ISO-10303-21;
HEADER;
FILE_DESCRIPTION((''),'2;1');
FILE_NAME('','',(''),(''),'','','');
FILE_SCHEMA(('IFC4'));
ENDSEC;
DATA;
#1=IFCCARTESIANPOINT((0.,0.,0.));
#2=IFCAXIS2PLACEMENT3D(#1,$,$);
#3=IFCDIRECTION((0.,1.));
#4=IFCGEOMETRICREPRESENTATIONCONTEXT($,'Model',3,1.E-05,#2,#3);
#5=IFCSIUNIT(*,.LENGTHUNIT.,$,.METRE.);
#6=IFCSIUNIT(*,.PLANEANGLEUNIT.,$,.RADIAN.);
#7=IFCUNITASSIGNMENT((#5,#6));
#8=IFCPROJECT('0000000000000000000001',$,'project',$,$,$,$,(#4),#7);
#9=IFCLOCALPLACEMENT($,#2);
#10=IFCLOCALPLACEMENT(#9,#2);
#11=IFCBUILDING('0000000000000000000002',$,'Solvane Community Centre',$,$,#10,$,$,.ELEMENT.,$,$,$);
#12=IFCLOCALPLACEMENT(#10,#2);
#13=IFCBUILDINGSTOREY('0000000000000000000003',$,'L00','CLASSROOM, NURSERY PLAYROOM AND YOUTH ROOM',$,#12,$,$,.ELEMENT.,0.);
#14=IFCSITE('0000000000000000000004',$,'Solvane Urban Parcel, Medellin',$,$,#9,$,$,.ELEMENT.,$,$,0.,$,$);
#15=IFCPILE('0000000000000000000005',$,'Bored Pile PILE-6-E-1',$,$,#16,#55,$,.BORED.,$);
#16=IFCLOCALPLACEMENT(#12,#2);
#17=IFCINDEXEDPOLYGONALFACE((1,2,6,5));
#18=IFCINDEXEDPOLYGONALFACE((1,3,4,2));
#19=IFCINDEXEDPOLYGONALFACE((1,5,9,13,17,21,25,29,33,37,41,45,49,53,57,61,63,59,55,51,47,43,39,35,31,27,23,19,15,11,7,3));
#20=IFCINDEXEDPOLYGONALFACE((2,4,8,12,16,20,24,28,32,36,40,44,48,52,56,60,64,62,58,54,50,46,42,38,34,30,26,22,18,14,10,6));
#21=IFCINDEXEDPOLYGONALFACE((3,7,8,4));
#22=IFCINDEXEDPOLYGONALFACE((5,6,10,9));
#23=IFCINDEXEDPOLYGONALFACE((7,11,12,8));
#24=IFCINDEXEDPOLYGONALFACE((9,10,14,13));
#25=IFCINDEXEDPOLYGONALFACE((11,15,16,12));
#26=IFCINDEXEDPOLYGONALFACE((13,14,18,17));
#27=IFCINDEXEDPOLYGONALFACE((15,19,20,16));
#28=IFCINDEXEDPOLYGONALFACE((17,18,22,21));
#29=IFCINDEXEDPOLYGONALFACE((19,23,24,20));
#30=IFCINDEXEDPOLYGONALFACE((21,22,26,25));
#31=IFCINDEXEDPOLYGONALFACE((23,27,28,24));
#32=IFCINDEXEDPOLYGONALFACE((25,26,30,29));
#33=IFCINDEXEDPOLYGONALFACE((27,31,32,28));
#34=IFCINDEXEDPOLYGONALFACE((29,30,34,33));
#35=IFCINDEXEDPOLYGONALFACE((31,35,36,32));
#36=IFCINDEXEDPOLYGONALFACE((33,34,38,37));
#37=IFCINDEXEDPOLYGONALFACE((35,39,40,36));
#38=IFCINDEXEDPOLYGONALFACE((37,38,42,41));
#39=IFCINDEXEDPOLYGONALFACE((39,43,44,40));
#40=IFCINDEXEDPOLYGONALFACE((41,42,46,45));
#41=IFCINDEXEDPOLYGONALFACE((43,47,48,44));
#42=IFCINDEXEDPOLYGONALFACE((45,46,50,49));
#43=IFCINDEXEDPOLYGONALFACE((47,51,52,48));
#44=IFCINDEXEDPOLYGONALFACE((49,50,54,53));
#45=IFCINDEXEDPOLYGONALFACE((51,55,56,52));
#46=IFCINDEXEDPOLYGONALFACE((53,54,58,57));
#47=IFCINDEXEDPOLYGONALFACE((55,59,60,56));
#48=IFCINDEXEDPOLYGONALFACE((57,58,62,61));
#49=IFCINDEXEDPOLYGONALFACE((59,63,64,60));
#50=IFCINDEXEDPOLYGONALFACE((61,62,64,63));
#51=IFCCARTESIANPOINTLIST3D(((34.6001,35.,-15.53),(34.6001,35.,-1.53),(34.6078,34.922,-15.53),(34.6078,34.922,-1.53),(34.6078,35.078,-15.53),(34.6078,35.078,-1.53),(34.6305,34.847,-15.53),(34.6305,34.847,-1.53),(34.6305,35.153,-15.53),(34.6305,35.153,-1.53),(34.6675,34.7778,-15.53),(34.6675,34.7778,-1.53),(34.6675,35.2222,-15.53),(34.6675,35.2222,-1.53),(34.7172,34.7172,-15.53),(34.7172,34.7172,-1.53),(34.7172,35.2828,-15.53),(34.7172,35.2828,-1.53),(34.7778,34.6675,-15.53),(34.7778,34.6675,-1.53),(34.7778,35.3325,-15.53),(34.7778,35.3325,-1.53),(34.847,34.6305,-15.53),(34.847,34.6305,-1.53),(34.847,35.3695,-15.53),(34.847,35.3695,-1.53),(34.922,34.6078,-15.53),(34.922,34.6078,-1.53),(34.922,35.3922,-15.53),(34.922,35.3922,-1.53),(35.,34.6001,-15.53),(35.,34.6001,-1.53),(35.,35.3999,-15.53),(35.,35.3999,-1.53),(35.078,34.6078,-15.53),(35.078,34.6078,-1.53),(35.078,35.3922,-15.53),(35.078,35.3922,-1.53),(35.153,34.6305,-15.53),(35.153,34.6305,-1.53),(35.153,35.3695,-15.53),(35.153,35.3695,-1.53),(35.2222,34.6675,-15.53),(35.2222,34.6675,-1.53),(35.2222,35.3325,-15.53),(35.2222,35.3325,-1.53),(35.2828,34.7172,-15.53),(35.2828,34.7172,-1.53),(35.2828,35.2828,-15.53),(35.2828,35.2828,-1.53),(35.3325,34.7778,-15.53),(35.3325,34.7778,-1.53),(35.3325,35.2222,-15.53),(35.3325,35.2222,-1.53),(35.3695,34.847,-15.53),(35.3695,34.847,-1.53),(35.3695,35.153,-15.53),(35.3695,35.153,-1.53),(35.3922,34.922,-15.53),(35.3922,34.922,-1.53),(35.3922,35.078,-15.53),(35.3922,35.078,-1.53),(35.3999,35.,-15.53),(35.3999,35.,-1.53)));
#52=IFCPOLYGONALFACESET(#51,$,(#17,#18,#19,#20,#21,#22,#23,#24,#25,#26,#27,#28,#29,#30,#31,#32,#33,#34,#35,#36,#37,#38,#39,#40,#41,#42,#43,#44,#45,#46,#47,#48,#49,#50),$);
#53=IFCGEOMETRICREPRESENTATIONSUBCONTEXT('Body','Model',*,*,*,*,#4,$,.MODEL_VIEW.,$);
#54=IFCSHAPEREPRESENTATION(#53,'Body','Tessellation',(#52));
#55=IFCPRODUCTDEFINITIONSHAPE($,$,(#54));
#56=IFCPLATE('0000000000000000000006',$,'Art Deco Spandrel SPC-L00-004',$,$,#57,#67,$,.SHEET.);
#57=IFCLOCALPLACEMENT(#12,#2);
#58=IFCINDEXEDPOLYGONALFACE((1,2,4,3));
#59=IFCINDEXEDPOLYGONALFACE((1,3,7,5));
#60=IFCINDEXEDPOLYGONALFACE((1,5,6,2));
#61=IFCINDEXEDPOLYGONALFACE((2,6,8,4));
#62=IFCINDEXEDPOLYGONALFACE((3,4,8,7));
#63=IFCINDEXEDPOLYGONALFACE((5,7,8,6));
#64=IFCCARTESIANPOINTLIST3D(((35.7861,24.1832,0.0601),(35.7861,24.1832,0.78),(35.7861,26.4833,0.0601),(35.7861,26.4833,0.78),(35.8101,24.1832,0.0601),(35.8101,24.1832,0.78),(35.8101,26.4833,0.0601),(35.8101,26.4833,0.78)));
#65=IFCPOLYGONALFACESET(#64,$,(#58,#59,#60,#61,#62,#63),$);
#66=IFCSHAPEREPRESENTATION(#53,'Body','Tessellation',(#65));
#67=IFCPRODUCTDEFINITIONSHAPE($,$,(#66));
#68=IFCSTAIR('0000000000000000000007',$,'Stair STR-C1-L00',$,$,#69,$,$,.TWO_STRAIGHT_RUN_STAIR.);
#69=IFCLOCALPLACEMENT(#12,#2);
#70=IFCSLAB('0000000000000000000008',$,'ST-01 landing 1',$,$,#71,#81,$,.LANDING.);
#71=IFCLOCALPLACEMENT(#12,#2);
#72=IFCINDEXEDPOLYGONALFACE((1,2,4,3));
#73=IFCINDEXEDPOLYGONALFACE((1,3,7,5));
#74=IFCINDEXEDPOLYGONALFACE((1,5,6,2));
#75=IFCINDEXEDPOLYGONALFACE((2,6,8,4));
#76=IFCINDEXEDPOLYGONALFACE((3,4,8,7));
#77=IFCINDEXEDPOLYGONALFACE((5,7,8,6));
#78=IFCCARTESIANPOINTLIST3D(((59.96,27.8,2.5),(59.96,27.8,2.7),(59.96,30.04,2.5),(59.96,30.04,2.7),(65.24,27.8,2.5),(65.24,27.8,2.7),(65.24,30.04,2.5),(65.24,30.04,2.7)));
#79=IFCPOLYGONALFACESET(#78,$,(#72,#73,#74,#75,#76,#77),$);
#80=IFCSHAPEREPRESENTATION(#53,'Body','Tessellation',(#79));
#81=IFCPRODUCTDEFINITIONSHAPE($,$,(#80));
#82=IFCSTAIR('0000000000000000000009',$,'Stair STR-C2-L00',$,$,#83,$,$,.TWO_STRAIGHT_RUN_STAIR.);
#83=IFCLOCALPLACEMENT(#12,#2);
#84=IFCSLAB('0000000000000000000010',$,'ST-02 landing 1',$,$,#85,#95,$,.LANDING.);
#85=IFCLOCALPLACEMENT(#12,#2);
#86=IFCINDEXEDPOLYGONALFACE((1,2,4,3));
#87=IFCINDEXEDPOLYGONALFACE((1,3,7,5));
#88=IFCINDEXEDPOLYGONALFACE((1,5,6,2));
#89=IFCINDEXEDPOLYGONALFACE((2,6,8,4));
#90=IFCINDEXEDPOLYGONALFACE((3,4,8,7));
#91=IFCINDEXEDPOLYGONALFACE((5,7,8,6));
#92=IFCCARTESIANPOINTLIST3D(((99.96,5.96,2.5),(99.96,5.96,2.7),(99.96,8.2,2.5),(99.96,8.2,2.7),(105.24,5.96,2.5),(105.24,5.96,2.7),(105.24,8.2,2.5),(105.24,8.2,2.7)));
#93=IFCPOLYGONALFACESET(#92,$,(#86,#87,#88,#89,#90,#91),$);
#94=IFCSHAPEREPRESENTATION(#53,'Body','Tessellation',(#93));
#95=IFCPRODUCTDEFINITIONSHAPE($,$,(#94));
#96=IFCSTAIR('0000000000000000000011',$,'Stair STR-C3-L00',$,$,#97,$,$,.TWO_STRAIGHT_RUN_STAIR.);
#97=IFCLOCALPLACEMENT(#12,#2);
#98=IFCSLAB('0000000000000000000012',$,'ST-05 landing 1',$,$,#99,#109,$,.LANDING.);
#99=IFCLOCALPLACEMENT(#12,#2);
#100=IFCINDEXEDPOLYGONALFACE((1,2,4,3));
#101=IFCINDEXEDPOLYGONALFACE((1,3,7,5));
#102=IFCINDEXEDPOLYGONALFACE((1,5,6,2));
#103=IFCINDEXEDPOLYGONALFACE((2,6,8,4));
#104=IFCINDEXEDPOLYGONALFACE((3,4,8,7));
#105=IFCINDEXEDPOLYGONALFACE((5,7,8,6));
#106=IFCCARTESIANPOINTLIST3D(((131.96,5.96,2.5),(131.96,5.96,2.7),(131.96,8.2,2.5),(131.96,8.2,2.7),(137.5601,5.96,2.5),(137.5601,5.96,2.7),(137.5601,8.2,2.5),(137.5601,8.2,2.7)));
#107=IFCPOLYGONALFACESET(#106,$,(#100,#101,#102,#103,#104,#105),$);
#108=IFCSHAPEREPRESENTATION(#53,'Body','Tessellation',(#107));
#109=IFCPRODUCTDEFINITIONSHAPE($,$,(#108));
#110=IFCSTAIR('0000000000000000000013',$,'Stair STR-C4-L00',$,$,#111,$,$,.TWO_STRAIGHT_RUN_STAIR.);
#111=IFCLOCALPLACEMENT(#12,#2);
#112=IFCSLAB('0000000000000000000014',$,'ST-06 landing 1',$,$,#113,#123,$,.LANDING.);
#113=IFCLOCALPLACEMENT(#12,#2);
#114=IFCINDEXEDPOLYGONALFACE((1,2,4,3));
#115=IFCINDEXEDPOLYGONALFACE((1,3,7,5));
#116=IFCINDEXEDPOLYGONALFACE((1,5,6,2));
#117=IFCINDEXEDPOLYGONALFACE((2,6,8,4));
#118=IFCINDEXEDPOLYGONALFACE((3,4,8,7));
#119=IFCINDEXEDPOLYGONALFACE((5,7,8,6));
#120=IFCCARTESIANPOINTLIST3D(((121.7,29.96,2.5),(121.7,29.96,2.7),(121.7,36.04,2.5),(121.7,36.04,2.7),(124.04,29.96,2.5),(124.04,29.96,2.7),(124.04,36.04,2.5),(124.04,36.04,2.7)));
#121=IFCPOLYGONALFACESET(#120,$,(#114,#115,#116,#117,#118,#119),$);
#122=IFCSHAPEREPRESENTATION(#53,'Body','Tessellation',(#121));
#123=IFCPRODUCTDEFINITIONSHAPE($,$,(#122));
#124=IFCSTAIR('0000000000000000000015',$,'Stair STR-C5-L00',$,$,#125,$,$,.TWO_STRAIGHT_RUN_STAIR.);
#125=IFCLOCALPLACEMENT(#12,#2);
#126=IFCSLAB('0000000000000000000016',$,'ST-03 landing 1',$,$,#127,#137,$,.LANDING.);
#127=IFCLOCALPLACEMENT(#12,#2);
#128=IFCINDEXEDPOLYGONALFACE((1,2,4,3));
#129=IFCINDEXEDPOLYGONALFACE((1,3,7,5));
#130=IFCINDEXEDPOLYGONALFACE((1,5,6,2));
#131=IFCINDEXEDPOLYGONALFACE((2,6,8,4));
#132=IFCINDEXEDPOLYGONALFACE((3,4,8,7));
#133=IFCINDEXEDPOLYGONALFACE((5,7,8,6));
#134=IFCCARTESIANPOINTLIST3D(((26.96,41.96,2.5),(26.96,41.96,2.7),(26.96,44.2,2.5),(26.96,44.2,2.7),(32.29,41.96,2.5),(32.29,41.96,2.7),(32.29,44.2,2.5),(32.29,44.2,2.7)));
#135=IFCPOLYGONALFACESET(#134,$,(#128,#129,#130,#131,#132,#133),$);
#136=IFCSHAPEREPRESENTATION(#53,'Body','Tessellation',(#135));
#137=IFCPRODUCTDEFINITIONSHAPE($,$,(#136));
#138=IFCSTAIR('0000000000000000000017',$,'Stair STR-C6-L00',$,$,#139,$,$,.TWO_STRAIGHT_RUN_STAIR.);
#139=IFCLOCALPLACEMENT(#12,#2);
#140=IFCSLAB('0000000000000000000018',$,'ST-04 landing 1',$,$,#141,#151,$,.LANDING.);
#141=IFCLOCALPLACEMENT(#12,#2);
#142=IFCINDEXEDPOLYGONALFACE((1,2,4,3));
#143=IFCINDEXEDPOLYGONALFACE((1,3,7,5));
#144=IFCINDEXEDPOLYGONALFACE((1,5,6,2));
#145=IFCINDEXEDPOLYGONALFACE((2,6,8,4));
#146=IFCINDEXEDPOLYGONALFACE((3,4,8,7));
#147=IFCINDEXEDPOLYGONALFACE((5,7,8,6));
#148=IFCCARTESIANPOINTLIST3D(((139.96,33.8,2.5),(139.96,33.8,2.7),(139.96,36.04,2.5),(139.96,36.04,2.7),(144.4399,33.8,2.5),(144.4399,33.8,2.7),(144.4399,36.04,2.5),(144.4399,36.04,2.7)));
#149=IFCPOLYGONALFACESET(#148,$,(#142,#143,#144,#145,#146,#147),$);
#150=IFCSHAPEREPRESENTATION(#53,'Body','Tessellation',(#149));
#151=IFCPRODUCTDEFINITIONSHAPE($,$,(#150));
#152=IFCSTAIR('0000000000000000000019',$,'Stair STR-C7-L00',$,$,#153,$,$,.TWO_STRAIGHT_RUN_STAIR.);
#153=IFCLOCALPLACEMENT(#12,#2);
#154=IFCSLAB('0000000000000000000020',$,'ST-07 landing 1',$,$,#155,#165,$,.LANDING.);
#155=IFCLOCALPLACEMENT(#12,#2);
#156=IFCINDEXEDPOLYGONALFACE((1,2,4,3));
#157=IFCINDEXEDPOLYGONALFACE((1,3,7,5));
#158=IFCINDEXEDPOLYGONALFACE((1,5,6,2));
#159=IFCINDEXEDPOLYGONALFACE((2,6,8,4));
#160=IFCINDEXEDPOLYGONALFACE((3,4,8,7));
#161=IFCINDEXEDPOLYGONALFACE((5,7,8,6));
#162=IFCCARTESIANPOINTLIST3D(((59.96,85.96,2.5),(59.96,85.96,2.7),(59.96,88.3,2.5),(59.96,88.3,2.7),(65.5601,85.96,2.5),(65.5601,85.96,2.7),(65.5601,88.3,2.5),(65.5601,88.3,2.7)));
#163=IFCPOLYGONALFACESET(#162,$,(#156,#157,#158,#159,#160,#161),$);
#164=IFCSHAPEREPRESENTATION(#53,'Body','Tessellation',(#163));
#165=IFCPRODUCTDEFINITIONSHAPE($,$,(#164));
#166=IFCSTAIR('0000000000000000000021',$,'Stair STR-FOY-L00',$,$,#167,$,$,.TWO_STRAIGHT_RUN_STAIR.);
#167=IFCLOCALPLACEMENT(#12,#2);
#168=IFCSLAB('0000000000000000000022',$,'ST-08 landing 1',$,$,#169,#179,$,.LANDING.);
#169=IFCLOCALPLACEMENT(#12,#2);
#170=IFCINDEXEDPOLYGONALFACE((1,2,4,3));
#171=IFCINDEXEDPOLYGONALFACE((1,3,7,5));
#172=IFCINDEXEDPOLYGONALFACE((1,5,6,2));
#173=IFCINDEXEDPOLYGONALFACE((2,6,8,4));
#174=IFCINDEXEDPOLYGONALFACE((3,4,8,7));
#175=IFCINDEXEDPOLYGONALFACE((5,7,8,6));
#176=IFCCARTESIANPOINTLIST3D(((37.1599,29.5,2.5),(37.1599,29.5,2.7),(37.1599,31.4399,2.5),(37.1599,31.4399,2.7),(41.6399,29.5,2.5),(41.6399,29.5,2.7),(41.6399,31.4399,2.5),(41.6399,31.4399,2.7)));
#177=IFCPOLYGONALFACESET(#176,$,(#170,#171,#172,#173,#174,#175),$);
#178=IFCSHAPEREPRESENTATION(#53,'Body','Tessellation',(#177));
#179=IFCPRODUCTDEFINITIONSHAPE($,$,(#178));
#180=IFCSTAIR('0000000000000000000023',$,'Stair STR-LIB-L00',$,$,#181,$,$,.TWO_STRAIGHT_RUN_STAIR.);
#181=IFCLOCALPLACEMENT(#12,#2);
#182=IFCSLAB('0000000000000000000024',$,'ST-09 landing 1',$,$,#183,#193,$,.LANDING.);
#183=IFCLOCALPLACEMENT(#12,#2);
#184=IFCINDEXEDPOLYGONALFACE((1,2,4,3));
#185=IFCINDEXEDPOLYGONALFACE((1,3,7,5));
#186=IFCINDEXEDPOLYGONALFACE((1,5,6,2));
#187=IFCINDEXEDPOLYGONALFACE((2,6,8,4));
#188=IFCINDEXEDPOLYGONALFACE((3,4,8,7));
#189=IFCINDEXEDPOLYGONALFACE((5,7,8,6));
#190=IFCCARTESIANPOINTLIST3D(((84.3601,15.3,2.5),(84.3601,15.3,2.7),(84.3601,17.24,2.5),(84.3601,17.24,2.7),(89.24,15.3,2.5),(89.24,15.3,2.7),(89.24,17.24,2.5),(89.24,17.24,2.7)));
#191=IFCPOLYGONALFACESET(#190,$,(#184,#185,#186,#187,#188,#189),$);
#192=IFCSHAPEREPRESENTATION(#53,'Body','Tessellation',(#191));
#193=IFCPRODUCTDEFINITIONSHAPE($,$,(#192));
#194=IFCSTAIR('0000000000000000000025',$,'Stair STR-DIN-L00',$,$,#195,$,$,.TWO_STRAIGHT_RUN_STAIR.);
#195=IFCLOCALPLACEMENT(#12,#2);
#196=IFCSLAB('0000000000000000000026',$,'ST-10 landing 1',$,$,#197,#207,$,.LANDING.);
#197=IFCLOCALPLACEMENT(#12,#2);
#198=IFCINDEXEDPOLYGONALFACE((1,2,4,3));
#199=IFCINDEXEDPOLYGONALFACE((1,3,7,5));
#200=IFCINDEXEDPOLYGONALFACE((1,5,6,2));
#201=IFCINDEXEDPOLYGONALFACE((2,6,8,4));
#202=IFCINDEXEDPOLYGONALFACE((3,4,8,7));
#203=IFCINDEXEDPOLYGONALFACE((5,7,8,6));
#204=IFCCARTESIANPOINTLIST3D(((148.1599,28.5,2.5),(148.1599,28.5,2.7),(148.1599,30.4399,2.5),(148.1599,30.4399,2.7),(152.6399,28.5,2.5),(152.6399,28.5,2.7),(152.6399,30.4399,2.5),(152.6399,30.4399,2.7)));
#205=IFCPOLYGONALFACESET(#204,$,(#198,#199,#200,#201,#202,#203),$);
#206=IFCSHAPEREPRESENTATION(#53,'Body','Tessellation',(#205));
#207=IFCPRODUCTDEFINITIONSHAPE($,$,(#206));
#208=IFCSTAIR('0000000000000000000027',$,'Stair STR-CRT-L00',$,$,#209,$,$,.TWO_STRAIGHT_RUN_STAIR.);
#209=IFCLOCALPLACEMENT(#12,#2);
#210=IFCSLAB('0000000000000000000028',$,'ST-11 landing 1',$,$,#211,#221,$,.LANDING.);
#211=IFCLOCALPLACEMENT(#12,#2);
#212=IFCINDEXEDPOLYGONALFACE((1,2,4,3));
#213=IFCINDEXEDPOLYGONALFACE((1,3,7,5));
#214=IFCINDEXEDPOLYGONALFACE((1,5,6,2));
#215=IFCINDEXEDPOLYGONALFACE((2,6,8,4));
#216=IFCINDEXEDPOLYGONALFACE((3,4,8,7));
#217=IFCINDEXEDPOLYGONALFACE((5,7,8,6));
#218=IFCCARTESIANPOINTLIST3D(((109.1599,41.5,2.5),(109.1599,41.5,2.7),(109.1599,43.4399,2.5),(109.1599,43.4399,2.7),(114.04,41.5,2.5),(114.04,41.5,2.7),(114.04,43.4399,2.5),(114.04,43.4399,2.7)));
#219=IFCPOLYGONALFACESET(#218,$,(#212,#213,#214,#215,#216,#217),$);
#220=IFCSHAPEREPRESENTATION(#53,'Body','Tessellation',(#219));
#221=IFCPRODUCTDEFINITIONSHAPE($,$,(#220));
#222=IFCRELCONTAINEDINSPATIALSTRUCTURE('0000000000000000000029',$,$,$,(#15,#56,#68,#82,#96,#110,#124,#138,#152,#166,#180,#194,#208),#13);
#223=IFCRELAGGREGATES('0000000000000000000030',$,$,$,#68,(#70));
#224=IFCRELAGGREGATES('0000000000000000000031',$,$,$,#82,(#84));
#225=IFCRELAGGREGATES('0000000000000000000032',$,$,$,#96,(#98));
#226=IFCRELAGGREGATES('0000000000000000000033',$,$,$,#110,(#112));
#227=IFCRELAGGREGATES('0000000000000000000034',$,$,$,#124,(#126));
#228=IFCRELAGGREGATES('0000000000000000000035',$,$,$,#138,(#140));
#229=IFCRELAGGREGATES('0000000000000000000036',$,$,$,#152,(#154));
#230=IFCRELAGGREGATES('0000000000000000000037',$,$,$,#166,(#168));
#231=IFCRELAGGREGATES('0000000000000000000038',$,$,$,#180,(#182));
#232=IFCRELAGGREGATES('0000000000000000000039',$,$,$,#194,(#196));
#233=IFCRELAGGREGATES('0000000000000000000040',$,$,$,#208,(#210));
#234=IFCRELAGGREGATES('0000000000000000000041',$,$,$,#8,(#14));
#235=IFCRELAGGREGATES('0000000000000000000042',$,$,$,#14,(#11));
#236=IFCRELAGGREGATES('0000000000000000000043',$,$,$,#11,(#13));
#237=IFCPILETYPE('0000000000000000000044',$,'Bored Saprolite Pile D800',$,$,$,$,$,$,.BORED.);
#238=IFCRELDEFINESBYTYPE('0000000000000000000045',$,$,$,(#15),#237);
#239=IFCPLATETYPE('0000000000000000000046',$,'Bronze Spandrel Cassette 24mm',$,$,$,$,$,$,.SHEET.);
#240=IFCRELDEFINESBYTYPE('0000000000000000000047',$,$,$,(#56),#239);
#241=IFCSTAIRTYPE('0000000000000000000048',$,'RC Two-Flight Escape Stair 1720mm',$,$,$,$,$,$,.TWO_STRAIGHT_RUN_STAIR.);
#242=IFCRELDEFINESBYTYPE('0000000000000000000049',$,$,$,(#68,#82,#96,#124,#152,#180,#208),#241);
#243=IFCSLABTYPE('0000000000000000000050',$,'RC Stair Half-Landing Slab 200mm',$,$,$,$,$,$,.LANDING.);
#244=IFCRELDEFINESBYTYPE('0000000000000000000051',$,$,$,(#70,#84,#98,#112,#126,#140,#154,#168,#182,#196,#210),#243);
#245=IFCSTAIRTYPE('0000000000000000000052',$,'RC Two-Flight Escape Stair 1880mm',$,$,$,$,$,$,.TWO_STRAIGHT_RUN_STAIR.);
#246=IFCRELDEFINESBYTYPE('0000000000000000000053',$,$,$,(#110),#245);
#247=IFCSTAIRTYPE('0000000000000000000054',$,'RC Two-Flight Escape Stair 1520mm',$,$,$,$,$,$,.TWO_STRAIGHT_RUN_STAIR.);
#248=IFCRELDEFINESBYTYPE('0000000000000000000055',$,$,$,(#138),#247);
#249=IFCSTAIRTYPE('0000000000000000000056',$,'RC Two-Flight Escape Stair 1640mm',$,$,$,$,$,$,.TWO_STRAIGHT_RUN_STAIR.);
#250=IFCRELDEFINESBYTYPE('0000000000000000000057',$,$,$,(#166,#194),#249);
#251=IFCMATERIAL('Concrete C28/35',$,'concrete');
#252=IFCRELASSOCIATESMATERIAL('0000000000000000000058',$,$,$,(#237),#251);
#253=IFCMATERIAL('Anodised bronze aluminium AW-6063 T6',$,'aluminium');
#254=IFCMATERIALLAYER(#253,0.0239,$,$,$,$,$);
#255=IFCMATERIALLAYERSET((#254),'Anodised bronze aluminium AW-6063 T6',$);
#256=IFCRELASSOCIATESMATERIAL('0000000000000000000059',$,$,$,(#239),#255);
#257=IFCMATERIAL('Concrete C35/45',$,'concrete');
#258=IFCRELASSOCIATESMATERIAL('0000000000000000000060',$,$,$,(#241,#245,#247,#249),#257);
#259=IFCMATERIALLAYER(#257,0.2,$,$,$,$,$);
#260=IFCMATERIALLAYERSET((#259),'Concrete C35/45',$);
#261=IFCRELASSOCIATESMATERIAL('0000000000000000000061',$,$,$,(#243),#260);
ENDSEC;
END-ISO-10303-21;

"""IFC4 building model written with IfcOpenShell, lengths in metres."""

from ifc_helpers import new_model, si_unit, direction, frame, origin, origin_2d, place, context, subcontext, project, spatial, polyline, rectangle, circle, outline, extrude, material, layer, layer_set, material_profile, profile_set, type_object, element, aggregate, save


model = new_model("IFC4")

# Units and contexts
model_context = context("Model", 3, precision=1e-05, world=origin(), true_north=direction((0.0, 1.0)))
body_context = subcontext(model_context, "Body", "Model", "MODEL_VIEW")
ifc_project = project(units=[si_unit("LENGTHUNIT", "METRE"), si_unit("PLANEANGLEUNIT", "RADIAN")], contexts=[model_context])

# Site, building, storey
site_placement = place(None, origin())
site = spatial("IfcSite", under=ifc_project, at=site_placement, Name="Solvane Urban Parcel, Medellin", CompositionType="ELEMENT", RefElevation=0.0)
building_placement = place(site_placement, origin())
building = spatial("IfcBuilding", under=site, at=building_placement, Name="Solvane Community Centre", CompositionType="ELEMENT")
storey_placement = place(building_placement, origin())
storey = spatial("IfcBuildingStorey", under=building, at=storey_placement, Name="L00", Description="CLASSROOM, NURSERY PLAYROOM AND YOUTH ROOM", CompositionType="ELEMENT", Elevation=0.0)

# Pile
ifc_material_1 = material(Name="Concrete C28/35", Category="concrete")
ifc_material_profile = material_profile(ifc_material_1, circle(Radius=0.3999, at=origin_2d()), Name="PILE D800")
ifc_profile_set = profile_set([ifc_material_profile], Name="Concrete C28/35")
pile_type = type_object("IfcPileType", Name="Bored Saprolite Pile D800", PredefinedType="BORED", material=ifc_profile_set)
pile_placement = place(storey_placement, frame((35.0, 35.0, -1.53), z_axis=(0.0, 0.0, -1.0), x_axis=(1.0, 0.0, 0.0)))
element("IfcPile", 1, at=pile_placement, inside=storey, type_object=pile_type, Name="Bored Pile PILE-6-E-1", PredefinedType="BORED", context=body_context, shape_type="SweptSolid", body=[
    extrude(circle(Radius=0.3999, at=origin_2d()), origin(), (0.0, 0.0, 1.0), 14.0),
])

# Plate
ifc_material_2 = material(Name="Anodised bronze aluminium AW-6063 T6", Category="aluminium")
ifc_layer_1 = layer(ifc_material_2, 0.0239)
ifc_layer_set_1 = layer_set([ifc_layer_1], Name="Anodised bronze aluminium AW-6063 T6")
plate_type = type_object("IfcPlateType", Name="Bronze Spandrel Cassette 24mm", PredefinedType="SHEET", material=ifc_layer_set_1)
plate_placement = place(storey_placement, frame((35.7981, 25.3333, 0.0601), z_axis=(0.0, 0.0, 1.0), x_axis=(0.0, 1.0, 0.0)))
element("IfcPlate", 2, at=plate_placement, inside=storey, type_object=plate_type, Name="Art Deco Spandrel SPC-L00-004", PredefinedType="SHEET", context=body_context, shape_type="SweptSolid", body=[
    extrude(rectangle(XDim=2.3, YDim=0.0239, at=origin_2d()), origin(), (0.0, 0.0, 1.0), 0.72),
])

# Stairs, slabs
ifc_material_3 = material(Name="Concrete C35/45", Category="concrete")
stair_type_1 = type_object("IfcStairType", Name="RC Two-Flight Escape Stair 1720mm", PredefinedType="TWO_STRAIGHT_RUN_STAIR", material=ifc_material_3)
stair_1_placement = place(storey_placement, origin())
stair_1 = element("IfcStair", 3, at=stair_1_placement, inside=storey, type_object=stair_type_1, Name="Stair STR-C1-L00", PredefinedType="TWO_STRAIGHT_RUN_STAIR")
ifc_layer_2 = layer(ifc_material_3, 0.2)
ifc_layer_set_2 = layer_set([ifc_layer_2], Name="Concrete C35/45")
slab_type = type_object("IfcSlabType", Name="RC Stair Half-Landing Slab 200mm", PredefinedType="LANDING", material=ifc_layer_set_2)
slab_1_placement = place(storey_placement, frame((0.0, 0.0, 2.5)))
slab_1 = element("IfcSlab", 4, at=slab_1_placement, type_object=slab_type, Name="ST-01 landing 1", PredefinedType="LANDING", context=body_context, shape_type="SweptSolid", body=[
    extrude(outline(polyline([(59.96, 27.8), (65.24, 27.8), (65.24, 30.04), (59.96, 30.04), (59.96, 27.8)])), origin(), (0.0, 0.0, 1.0), 0.2),
])
aggregate(stair_1, [slab_1])
stair_2_placement = place(storey_placement, origin())
stair_2 = element("IfcStair", 5, at=stair_2_placement, inside=storey, type_object=stair_type_1, Name="Stair STR-C2-L00", PredefinedType="TWO_STRAIGHT_RUN_STAIR")
slab_2_placement = place(storey_placement, frame((0.0, 0.0, 2.5)))
slab_2 = element("IfcSlab", 6, at=slab_2_placement, type_object=slab_type, Name="ST-02 landing 1", PredefinedType="LANDING", context=body_context, shape_type="SweptSolid", body=[
    extrude(outline(polyline([(99.96, 5.96), (105.24, 5.96), (105.24, 8.2), (99.96, 8.2), (99.96, 5.96)])), origin(), (0.0, 0.0, 1.0), 0.2),
])
aggregate(stair_2, [slab_2])
stair_3_placement = place(storey_placement, origin())
stair_3 = element("IfcStair", 7, at=stair_3_placement, inside=storey, type_object=stair_type_1, Name="Stair STR-C3-L00", PredefinedType="TWO_STRAIGHT_RUN_STAIR")
slab_3_placement = place(storey_placement, frame((0.0, 0.0, 2.5)))
slab_3 = element("IfcSlab", 8, at=slab_3_placement, type_object=slab_type, Name="ST-05 landing 1", PredefinedType="LANDING", context=body_context, shape_type="SweptSolid", body=[
    extrude(outline(polyline([(131.96, 5.96), (137.5601, 5.96), (137.5601, 8.2), (131.96, 8.2), (131.96, 5.96)])), origin(), (0.0, 0.0, 1.0), 0.2),
])
aggregate(stair_3, [slab_3])
stair_type_2 = type_object("IfcStairType", Name="RC Two-Flight Escape Stair 1880mm", PredefinedType="TWO_STRAIGHT_RUN_STAIR", material=ifc_material_3)
stair_4_placement = place(storey_placement, origin())
stair_4 = element("IfcStair", 9, at=stair_4_placement, inside=storey, type_object=stair_type_2, Name="Stair STR-C4-L00", PredefinedType="TWO_STRAIGHT_RUN_STAIR")
slab_4_placement = place(storey_placement, frame((0.0, 0.0, 2.5)))
slab_4 = element("IfcSlab", 10, at=slab_4_placement, type_object=slab_type, Name="ST-06 landing 1", PredefinedType="LANDING", context=body_context, shape_type="SweptSolid", body=[
    extrude(outline(polyline([(121.7, 29.96), (124.04, 29.96), (124.04, 36.04), (121.7, 36.04), (121.7, 29.96)])), origin(), (0.0, 0.0, 1.0), 0.2),
])
aggregate(stair_4, [slab_4])
stair_5_placement = place(storey_placement, origin())
stair_5 = element("IfcStair", 11, at=stair_5_placement, inside=storey, type_object=stair_type_1, Name="Stair STR-C5-L00", PredefinedType="TWO_STRAIGHT_RUN_STAIR")
slab_5_placement = place(storey_placement, frame((0.0, 0.0, 2.5)))
slab_5 = element("IfcSlab", 12, at=slab_5_placement, type_object=slab_type, Name="ST-03 landing 1", PredefinedType="LANDING", context=body_context, shape_type="SweptSolid", body=[
    extrude(outline(polyline([(26.96, 41.96), (32.29, 41.96), (32.29, 44.2), (26.96, 44.2), (26.96, 41.96)])), origin(), (0.0, 0.0, 1.0), 0.2),
])
aggregate(stair_5, [slab_5])
stair_type_3 = type_object("IfcStairType", Name="RC Two-Flight Escape Stair 1520mm", PredefinedType="TWO_STRAIGHT_RUN_STAIR", material=ifc_material_3)
stair_6_placement = place(storey_placement, origin())
stair_6 = element("IfcStair", 13, at=stair_6_placement, inside=storey, type_object=stair_type_3, Name="Stair STR-C6-L00", PredefinedType="TWO_STRAIGHT_RUN_STAIR")
slab_6_placement = place(storey_placement, frame((0.0, 0.0, 2.5)))
slab_6 = element("IfcSlab", 14, at=slab_6_placement, type_object=slab_type, Name="ST-04 landing 1", PredefinedType="LANDING", context=body_context, shape_type="SweptSolid", body=[
    extrude(outline(polyline([(139.96, 33.8), (144.4399, 33.8), (144.4399, 36.04), (139.96, 36.04), (139.96, 33.8)])), origin(), (0.0, 0.0, 1.0), 0.2),
])
aggregate(stair_6, [slab_6])
stair_7_placement = place(storey_placement, origin())
stair_7 = element("IfcStair", 15, at=stair_7_placement, inside=storey, type_object=stair_type_1, Name="Stair STR-C7-L00", PredefinedType="TWO_STRAIGHT_RUN_STAIR")
slab_7_placement = place(storey_placement, frame((0.0, 0.0, 2.5)))
slab_7 = element("IfcSlab", 16, at=slab_7_placement, type_object=slab_type, Name="ST-07 landing 1", PredefinedType="LANDING", context=body_context, shape_type="SweptSolid", body=[
    extrude(outline(polyline([(59.96, 85.96), (65.5601, 85.96), (65.5601, 88.3), (59.96, 88.3), (59.96, 85.96)])), origin(), (0.0, 0.0, 1.0), 0.2),
])
aggregate(stair_7, [slab_7])
stair_type_4 = type_object("IfcStairType", Name="RC Two-Flight Escape Stair 1640mm", PredefinedType="TWO_STRAIGHT_RUN_STAIR", material=ifc_material_3)
stair_8_placement = place(storey_placement, origin())
stair_8 = element("IfcStair", 17, at=stair_8_placement, inside=storey, type_object=stair_type_4, Name="Stair STR-FOY-L00", PredefinedType="TWO_STRAIGHT_RUN_STAIR")
slab_8_placement = place(storey_placement, frame((0.0, 0.0, 2.5)))
slab_8 = element("IfcSlab", 18, at=slab_8_placement, type_object=slab_type, Name="ST-08 landing 1", PredefinedType="LANDING", context=body_context, shape_type="SweptSolid", body=[
    extrude(outline(polyline([(37.1599, 29.5), (41.6399, 29.5), (41.6399, 31.4399), (37.1599, 31.4399), (37.1599, 29.5)])), origin(), (0.0, 0.0, 1.0), 0.2),
])
aggregate(stair_8, [slab_8])
stair_9_placement = place(storey_placement, origin())
stair_9 = element("IfcStair", 19, at=stair_9_placement, inside=storey, type_object=stair_type_1, Name="Stair STR-LIB-L00", PredefinedType="TWO_STRAIGHT_RUN_STAIR")
slab_9_placement = place(storey_placement, frame((0.0, 0.0, 2.5)))
slab_9 = element("IfcSlab", 20, at=slab_9_placement, type_object=slab_type, Name="ST-09 landing 1", PredefinedType="LANDING", context=body_context, shape_type="SweptSolid", body=[
    extrude(outline(polyline([(84.3601, 15.3), (89.24, 15.3), (89.24, 17.24), (84.3601, 17.24), (84.3601, 15.3)])), origin(), (0.0, 0.0, 1.0), 0.2),
])
aggregate(stair_9, [slab_9])
stair_10_placement = place(storey_placement, origin())
stair_10 = element("IfcStair", 21, at=stair_10_placement, inside=storey, type_object=stair_type_4, Name="Stair STR-DIN-L00", PredefinedType="TWO_STRAIGHT_RUN_STAIR")
slab_10_placement = place(storey_placement, frame((0.0, 0.0, 2.5)))
slab_10 = element("IfcSlab", 22, at=slab_10_placement, type_object=slab_type, Name="ST-10 landing 1", PredefinedType="LANDING", context=body_context, shape_type="SweptSolid", body=[
    extrude(outline(polyline([(148.1599, 28.5), (152.6399, 28.5), (152.6399, 30.4399), (148.1599, 30.4399), (148.1599, 28.5)])), origin(), (0.0, 0.0, 1.0), 0.2),
])
aggregate(stair_10, [slab_10])
stair_11_placement = place(storey_placement, origin())
stair_11 = element("IfcStair", 23, at=stair_11_placement, inside=storey, type_object=stair_type_1, Name="Stair STR-CRT-L00", PredefinedType="TWO_STRAIGHT_RUN_STAIR")
slab_11_placement = place(storey_placement, frame((0.0, 0.0, 2.5)))
slab_11 = element("IfcSlab", 24, at=slab_11_placement, type_object=slab_type, Name="ST-11 landing 1", PredefinedType="LANDING", context=body_context, shape_type="SweptSolid", body=[
    extrude(outline(polyline([(109.1599, 41.5), (114.04, 41.5), (114.04, 43.4399), (109.1599, 43.4399), (109.1599, 41.5)])), origin(), (0.0, 0.0, 1.0), 0.2),
])
aggregate(stair_11, [slab_11])

save(model, "model.ifc")
